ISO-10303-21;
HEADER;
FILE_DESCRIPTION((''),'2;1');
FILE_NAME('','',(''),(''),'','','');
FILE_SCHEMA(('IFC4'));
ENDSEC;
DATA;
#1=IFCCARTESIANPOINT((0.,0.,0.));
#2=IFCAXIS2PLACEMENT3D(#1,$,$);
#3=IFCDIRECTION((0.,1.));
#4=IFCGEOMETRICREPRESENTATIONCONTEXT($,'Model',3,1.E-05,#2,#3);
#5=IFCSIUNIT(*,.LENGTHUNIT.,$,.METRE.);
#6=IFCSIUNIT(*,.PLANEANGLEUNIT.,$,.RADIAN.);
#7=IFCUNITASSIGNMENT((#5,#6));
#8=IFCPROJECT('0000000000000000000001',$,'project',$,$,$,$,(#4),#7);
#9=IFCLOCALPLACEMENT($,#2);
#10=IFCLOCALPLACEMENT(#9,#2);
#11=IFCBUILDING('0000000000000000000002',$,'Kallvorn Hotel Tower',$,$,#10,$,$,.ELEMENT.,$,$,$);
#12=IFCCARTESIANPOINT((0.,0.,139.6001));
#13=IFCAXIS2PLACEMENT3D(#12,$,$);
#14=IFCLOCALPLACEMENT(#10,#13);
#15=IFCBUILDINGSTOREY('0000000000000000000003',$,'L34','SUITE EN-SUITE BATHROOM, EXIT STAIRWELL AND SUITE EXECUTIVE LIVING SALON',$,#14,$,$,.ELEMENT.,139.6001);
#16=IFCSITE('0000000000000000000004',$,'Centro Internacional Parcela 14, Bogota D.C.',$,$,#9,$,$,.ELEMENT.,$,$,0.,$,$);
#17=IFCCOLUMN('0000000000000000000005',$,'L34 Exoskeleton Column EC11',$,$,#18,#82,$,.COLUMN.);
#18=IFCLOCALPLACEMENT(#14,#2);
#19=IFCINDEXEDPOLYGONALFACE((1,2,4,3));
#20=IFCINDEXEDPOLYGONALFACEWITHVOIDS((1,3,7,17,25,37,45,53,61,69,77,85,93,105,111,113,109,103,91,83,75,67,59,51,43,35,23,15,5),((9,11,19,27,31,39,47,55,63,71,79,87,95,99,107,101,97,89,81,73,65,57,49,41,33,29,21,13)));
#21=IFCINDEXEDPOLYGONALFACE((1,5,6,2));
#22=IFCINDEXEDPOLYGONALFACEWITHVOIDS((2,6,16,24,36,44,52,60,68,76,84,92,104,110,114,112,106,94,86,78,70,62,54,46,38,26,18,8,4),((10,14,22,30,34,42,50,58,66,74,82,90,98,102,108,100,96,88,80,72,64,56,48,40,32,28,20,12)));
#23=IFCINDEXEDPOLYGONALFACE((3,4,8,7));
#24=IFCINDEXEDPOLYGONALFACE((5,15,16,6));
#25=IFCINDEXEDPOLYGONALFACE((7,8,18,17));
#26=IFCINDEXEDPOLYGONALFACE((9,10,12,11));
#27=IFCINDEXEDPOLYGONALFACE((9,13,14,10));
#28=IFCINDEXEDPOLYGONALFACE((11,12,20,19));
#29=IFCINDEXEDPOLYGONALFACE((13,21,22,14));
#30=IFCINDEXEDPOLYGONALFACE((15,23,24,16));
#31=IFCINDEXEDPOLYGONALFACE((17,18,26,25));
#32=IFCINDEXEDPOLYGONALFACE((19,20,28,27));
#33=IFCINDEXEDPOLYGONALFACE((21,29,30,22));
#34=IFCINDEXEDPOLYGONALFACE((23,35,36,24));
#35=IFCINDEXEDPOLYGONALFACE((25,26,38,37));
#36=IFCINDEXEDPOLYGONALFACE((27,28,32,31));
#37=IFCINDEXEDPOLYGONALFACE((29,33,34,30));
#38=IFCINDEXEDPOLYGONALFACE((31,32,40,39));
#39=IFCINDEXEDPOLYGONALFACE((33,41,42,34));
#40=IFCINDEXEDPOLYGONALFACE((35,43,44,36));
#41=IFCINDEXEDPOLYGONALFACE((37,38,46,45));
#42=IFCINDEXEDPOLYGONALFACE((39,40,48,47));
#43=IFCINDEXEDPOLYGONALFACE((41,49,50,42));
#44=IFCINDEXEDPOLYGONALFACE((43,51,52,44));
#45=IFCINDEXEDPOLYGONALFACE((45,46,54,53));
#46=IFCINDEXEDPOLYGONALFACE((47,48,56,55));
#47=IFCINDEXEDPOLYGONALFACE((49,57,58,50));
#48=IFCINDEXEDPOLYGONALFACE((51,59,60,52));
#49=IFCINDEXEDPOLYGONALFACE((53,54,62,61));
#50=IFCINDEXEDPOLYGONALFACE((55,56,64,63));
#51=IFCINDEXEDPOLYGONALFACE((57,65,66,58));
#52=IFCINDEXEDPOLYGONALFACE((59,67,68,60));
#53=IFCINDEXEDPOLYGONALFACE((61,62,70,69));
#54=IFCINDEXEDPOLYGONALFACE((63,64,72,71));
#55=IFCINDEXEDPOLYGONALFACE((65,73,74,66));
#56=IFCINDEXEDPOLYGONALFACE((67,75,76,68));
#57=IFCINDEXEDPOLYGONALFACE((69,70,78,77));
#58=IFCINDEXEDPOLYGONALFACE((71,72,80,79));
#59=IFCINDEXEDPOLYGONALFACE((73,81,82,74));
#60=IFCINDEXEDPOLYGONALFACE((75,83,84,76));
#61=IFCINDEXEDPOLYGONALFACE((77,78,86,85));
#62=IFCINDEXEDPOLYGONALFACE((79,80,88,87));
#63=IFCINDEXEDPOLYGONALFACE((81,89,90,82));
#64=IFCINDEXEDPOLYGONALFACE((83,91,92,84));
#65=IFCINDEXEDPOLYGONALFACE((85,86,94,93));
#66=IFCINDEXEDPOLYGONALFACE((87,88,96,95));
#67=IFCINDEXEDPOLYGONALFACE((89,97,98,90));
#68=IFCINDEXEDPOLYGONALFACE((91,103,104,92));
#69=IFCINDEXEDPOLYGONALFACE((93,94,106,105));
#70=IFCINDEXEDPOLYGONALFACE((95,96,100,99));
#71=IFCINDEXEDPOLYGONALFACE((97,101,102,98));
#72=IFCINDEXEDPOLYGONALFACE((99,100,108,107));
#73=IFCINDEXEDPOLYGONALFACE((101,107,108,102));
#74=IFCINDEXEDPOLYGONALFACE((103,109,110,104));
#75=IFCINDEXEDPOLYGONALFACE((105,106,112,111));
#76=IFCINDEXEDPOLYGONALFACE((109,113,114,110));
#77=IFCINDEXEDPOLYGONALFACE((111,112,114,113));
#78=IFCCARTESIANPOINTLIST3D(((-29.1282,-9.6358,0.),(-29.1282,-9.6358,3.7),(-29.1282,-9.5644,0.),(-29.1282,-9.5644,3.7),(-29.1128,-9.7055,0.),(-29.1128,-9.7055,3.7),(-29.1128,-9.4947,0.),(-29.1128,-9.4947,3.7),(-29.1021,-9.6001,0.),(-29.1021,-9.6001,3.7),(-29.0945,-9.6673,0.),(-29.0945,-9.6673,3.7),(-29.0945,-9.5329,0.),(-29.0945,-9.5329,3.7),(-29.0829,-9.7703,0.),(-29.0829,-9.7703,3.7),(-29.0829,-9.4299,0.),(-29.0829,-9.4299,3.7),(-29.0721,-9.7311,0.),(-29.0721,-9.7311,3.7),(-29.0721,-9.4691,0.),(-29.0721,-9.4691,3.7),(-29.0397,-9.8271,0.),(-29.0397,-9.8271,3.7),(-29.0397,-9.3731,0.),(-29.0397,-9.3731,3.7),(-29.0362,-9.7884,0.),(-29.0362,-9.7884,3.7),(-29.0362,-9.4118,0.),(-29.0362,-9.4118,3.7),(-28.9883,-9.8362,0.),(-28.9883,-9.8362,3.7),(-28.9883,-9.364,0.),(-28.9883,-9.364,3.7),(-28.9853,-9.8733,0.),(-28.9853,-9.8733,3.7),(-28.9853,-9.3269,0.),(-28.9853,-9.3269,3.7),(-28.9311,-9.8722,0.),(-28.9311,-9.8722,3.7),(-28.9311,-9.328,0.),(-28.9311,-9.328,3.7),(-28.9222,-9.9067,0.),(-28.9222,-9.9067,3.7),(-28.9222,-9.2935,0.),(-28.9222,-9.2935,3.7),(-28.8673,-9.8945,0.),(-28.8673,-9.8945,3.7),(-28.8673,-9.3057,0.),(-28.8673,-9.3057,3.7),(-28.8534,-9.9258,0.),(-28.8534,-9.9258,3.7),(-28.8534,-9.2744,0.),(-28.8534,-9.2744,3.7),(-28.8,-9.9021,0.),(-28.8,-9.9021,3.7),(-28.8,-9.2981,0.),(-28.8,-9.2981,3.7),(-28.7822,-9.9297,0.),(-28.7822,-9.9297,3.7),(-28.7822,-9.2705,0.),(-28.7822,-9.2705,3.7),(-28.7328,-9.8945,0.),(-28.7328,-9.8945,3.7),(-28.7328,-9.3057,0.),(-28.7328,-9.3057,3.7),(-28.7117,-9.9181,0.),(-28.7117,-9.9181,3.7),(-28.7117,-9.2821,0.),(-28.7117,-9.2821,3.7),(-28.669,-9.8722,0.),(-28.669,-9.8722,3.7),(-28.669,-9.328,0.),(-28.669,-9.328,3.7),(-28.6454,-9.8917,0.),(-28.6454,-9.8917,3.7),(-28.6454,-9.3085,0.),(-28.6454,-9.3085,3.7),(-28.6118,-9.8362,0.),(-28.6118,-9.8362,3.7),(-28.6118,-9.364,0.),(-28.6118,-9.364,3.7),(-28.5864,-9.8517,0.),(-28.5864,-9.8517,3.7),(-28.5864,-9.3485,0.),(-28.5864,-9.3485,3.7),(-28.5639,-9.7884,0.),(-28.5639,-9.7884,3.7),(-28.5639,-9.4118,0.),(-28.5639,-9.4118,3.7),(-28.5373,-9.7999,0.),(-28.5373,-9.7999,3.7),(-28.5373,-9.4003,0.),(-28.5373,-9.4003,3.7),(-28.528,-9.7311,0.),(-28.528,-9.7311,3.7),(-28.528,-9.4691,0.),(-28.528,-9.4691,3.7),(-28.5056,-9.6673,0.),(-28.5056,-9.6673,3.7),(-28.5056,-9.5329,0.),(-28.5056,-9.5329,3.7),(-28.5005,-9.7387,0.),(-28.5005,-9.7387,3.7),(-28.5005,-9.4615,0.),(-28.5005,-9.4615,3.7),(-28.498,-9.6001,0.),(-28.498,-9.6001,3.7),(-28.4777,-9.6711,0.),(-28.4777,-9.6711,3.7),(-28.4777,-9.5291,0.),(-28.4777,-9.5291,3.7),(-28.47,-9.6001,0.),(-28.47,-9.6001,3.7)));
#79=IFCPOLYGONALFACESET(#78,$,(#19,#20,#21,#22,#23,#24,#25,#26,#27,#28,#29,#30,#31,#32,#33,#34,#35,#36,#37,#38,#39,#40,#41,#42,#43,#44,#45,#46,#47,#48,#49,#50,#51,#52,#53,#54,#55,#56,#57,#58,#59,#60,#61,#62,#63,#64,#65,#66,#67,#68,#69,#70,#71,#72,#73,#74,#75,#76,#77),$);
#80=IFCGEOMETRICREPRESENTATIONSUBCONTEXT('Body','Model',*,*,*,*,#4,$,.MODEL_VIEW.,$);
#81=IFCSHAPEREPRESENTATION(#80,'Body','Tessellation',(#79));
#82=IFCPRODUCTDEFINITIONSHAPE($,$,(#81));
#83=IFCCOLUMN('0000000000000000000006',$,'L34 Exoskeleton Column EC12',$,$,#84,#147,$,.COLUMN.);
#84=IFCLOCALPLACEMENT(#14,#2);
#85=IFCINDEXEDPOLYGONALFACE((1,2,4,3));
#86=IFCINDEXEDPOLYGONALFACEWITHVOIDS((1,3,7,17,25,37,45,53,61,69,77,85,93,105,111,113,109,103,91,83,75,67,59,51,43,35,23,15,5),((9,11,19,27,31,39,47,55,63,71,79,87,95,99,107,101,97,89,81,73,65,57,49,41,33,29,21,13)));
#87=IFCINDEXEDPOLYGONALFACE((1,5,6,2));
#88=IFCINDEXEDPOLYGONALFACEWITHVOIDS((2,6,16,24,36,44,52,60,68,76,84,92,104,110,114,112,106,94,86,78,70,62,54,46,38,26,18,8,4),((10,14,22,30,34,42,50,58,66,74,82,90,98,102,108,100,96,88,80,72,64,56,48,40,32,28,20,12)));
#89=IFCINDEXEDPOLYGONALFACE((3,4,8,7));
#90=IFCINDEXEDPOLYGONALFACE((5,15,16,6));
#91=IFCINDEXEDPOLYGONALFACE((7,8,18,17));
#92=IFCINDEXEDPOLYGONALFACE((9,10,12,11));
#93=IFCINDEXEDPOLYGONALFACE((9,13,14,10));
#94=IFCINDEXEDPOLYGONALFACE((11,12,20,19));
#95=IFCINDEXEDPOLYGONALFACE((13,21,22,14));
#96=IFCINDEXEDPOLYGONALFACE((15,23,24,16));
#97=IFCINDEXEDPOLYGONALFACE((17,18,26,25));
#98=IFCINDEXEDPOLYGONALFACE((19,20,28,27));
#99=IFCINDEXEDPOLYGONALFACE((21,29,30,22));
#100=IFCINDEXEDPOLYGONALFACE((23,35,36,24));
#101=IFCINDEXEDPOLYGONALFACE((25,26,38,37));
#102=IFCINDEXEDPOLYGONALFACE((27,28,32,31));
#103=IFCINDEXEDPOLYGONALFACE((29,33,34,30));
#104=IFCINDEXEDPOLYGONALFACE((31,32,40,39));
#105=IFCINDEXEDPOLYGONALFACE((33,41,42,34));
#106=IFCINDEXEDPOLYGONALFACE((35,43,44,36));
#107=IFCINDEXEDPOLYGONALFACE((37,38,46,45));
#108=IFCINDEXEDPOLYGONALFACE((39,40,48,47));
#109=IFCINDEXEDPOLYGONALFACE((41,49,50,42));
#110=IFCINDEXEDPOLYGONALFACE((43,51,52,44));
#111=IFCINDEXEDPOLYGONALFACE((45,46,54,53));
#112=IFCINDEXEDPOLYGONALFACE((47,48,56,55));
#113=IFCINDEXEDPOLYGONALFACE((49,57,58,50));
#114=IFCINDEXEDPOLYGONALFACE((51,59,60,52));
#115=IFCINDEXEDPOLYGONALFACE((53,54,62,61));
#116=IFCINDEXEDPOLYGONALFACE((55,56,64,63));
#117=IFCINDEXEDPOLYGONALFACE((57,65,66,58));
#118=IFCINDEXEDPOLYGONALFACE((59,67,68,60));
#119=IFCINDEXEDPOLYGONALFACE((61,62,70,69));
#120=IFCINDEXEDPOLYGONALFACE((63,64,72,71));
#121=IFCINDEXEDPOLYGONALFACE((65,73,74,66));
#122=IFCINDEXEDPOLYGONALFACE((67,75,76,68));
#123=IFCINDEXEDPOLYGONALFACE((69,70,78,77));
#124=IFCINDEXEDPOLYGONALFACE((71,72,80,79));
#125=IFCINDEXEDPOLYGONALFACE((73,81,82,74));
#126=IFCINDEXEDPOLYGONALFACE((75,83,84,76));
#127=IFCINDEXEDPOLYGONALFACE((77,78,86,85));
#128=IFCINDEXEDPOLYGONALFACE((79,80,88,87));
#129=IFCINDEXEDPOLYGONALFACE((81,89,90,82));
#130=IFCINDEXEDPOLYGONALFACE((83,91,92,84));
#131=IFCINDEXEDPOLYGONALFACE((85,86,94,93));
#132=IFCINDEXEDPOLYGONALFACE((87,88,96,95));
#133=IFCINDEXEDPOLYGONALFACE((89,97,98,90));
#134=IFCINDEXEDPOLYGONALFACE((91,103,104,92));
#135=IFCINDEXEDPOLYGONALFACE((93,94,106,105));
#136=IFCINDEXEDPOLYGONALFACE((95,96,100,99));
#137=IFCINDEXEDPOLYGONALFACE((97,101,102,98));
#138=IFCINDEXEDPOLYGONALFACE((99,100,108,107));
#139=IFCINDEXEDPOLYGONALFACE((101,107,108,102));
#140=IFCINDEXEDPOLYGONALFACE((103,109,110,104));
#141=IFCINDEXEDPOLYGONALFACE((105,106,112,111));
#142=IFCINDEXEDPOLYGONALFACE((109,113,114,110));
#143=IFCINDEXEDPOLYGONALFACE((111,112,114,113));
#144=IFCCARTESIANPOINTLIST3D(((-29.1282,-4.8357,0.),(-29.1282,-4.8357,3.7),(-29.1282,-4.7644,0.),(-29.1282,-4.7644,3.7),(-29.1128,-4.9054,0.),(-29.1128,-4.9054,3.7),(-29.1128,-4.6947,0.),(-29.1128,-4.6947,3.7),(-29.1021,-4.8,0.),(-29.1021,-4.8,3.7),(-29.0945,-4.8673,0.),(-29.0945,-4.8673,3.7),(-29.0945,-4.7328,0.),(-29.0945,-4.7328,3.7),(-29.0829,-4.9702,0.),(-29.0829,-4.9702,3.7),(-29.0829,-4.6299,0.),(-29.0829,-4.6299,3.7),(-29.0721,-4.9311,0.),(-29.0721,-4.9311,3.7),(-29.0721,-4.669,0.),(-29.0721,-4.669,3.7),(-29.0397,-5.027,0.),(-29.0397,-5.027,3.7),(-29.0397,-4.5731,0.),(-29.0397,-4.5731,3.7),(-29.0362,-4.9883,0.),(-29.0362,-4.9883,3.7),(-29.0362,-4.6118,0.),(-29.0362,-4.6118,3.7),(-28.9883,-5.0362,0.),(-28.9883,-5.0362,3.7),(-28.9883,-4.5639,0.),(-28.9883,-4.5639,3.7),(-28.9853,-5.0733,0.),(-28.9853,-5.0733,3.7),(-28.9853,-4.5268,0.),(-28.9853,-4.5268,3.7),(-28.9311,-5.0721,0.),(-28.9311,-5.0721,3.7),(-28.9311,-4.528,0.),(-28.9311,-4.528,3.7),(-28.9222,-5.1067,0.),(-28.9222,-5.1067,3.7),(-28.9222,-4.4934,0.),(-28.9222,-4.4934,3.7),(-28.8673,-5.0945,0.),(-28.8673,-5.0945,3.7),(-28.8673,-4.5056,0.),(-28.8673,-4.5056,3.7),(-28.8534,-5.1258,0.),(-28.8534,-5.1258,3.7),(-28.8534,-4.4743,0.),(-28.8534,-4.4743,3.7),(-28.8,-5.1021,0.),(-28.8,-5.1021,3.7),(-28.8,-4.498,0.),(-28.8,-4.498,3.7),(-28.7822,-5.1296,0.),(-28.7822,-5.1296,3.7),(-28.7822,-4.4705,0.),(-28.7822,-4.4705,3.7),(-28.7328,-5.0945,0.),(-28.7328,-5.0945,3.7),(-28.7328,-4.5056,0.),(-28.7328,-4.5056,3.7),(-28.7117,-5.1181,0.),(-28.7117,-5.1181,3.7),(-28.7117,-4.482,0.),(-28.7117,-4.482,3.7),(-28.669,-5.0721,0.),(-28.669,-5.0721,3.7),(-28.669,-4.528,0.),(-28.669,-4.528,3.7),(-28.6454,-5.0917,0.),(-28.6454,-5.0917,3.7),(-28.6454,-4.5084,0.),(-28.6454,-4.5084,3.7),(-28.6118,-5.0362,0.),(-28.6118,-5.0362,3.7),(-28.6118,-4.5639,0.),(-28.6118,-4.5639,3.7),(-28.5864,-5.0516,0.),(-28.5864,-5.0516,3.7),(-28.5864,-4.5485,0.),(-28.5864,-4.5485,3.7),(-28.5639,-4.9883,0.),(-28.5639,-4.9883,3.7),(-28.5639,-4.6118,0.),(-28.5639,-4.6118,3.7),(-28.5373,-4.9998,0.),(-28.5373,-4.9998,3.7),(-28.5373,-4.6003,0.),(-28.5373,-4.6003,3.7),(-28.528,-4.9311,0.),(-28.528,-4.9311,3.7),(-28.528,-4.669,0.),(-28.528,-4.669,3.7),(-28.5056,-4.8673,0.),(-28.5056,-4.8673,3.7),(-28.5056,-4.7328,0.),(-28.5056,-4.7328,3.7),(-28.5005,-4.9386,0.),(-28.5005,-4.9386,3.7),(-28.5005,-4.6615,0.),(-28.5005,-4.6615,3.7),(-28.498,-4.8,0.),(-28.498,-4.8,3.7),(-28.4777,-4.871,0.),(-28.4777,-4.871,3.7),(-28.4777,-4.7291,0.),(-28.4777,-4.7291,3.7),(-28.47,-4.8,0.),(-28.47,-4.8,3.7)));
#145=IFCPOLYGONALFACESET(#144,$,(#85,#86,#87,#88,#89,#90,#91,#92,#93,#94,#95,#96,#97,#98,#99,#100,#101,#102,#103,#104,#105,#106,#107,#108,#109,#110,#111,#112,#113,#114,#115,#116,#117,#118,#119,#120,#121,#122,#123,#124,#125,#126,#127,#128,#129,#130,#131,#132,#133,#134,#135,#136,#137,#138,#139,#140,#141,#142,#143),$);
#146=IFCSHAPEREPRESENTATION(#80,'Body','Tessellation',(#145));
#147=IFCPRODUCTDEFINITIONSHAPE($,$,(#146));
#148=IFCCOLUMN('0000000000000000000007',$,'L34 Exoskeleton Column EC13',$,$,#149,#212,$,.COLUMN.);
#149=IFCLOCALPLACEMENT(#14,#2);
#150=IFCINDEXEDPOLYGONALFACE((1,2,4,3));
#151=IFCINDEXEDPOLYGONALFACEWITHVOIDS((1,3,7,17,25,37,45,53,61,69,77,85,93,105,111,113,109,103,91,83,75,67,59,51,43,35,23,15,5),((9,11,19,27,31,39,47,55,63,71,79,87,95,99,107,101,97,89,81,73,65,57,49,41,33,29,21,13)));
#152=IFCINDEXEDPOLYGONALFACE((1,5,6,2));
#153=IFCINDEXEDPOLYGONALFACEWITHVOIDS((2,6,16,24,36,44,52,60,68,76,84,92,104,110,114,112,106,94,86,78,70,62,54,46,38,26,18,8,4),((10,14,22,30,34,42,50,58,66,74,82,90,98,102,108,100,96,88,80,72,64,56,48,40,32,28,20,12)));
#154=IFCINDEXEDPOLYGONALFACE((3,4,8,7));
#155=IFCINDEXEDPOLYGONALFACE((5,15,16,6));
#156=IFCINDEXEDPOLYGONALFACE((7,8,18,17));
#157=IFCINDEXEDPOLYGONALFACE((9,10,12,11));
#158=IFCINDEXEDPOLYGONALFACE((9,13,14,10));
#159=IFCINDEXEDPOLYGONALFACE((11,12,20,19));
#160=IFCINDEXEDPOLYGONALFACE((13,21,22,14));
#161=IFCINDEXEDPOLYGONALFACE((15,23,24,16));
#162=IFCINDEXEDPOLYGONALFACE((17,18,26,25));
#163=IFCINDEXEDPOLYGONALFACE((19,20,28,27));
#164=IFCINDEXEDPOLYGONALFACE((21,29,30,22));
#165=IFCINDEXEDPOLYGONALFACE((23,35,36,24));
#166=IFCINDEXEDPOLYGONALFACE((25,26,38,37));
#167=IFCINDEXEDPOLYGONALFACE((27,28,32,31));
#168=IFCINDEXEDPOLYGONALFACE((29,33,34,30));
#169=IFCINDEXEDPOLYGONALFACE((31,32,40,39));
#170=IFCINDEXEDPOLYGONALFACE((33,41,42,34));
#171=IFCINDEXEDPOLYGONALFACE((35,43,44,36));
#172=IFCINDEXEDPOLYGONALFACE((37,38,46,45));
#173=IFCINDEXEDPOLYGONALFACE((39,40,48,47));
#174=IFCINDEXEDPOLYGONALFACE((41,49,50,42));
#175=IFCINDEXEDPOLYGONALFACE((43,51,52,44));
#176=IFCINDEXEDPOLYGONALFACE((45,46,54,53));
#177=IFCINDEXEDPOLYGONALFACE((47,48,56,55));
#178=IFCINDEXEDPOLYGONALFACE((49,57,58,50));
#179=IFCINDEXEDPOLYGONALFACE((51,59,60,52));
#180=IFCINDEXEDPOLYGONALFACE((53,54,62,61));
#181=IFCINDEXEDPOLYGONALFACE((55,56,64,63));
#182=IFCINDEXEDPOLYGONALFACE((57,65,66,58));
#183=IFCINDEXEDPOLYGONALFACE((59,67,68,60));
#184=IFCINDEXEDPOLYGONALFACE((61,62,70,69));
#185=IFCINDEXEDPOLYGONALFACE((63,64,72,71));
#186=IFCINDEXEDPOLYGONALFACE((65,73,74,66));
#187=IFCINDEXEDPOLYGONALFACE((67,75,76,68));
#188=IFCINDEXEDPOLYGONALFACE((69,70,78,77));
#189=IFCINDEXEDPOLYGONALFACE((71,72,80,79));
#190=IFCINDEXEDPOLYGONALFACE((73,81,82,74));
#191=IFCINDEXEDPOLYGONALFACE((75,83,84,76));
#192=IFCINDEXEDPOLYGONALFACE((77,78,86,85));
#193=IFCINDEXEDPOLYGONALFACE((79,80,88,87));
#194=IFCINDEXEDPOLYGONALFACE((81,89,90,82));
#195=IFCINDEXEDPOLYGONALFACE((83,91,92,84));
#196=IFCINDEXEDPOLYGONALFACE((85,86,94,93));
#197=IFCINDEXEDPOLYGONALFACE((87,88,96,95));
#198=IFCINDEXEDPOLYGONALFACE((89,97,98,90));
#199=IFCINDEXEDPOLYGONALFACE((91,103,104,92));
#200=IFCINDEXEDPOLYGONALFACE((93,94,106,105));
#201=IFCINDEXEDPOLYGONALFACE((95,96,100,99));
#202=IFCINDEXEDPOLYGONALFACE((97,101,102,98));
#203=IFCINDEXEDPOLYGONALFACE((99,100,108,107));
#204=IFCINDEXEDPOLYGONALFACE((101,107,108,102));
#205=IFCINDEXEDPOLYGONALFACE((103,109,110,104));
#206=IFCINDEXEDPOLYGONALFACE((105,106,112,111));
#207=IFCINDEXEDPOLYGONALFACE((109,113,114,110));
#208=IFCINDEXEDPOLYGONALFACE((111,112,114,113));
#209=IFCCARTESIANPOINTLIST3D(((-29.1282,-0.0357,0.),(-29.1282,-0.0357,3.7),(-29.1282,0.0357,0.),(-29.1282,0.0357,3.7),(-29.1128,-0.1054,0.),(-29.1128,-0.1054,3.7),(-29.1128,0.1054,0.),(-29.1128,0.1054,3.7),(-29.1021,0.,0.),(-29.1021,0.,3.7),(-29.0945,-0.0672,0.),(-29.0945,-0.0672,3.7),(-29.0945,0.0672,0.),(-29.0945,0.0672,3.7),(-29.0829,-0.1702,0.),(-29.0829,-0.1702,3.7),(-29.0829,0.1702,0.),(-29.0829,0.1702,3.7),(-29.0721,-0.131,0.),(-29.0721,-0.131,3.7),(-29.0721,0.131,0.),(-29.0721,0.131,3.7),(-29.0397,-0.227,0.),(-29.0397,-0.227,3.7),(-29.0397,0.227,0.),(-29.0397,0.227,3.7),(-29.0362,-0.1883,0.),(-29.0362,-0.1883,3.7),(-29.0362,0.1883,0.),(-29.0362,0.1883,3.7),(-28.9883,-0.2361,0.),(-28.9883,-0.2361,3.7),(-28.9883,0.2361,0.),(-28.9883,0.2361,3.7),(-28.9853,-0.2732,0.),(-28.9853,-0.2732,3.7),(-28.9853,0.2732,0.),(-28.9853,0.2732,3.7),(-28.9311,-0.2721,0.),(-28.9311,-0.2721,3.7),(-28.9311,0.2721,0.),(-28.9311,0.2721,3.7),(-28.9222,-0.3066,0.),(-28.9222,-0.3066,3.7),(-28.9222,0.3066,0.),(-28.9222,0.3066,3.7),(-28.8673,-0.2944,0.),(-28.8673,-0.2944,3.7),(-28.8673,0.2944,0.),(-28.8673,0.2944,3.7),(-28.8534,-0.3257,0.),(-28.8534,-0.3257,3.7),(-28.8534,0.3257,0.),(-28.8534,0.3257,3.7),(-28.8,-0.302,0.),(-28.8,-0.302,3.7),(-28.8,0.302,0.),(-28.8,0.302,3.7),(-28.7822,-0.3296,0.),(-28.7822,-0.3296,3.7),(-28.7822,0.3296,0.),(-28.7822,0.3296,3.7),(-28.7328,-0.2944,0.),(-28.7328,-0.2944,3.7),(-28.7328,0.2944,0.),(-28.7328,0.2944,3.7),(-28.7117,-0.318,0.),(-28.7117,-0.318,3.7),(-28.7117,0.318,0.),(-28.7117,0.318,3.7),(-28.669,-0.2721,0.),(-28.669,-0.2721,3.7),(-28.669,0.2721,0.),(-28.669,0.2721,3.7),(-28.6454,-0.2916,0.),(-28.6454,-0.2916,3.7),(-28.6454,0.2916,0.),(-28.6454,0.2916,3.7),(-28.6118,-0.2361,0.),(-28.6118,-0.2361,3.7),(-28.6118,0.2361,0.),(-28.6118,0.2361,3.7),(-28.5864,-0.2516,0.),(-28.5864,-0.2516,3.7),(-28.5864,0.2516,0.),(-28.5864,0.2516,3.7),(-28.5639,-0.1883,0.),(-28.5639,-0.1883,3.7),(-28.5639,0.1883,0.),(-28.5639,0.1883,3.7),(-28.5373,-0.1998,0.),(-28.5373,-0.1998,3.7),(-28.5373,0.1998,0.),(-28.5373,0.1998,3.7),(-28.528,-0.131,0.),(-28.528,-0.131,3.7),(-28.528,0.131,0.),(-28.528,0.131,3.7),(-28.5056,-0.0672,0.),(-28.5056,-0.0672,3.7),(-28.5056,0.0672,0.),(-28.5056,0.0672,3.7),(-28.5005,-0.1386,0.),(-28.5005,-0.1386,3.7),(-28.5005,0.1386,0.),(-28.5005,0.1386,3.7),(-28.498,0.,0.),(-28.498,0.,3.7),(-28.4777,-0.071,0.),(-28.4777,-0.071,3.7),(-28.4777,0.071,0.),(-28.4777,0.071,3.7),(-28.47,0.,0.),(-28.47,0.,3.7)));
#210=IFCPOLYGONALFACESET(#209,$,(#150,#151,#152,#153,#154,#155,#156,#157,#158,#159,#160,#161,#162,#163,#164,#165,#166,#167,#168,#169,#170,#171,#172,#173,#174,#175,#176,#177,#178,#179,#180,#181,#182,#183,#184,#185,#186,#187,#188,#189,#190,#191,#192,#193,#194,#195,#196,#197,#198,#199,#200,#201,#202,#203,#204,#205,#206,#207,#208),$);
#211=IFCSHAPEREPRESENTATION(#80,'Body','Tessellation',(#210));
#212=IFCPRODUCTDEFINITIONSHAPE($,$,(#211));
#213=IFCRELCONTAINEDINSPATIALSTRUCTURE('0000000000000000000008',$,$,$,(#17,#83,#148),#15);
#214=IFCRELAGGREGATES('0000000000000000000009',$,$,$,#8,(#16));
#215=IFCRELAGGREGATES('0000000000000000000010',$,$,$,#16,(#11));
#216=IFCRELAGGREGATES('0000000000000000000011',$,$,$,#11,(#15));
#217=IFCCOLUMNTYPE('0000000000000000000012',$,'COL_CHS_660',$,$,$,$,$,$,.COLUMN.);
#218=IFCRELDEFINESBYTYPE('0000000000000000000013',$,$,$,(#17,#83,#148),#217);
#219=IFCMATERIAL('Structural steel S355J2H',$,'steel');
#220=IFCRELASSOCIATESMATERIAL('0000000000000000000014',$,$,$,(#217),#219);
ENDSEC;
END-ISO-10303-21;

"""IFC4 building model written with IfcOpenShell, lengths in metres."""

from ifc_helpers import new_model, si_unit, direction, frame, origin, origin_2d, place, context, subcontext, project, spatial, hollow_circle, extrude, material, material_profile, profile_set, type_object, element, save


model = new_model("IFC4")

# Units and contexts
model_context = context("Model", 3, precision=1e-05, world=origin(), true_north=direction((0.0, 1.0)))
body_context = subcontext(model_context, "Body", "Model", "MODEL_VIEW")
ifc_project = project(units=[si_unit("LENGTHUNIT", "METRE"), si_unit("PLANEANGLEUNIT", "RADIAN")], contexts=[model_context])

# Site, building, storey
site_placement = place(None, origin())
site = spatial("IfcSite", under=ifc_project, at=site_placement, Name="Centro Internacional Parcela 14, Bogota D.C.", CompositionType="ELEMENT", RefElevation=0.0)
building_placement = place(site_placement, origin())
building = spatial("IfcBuilding", under=site, at=building_placement, Name="Kallvorn Hotel Tower", CompositionType="ELEMENT")
storey_placement = place(building_placement, frame((0.0, 0.0, 139.6001)))
storey = spatial("IfcBuildingStorey", under=building, at=storey_placement, Name="L34", Description="SUITE EN-SUITE BATHROOM, EXIT STAIRWELL AND SUITE EXECUTIVE LIVING SALON", CompositionType="ELEMENT", Elevation=139.6001)

# Columns
ifc_material_1 = material(Name="Structural steel S355J2H", Category="steel")
ifc_material_profile_1 = material_profile(ifc_material_1, hollow_circle(Radius=0.3301, WallThickness=0.0281, at=origin_2d()), Name="CHS 660x28")
ifc_profile_set_1 = profile_set([ifc_material_profile_1], Name="Structural steel S355J2H")
column_type_1 = type_object("IfcColumnType", Name="COL_CHS_660", PredefinedType="COLUMN", material=ifc_profile_set_1)
for number, where, z_axis, x_axis, name in (
    (1, (-28.8, -9.6001, 0.0), (0.0, 0.0, 1.0), (1.0, 0.0, 0.0), "L34 Exoskeleton Column EC11"),
    (2, (-28.8, -4.8, 0.0), (0.0, 0.0, 1.0), (1.0, 0.0, 0.0), "L34 Exoskeleton Column EC12"),
    (3, (-28.8, 0.0, 0.0), (0.0, 0.0, 1.0), (1.0, 0.0, 0.0), "L34 Exoskeleton Column EC13"),
):
    element("IfcColumn", number, at=place(storey_placement, frame(where, z_axis=z_axis, x_axis=x_axis)), inside=storey, type_object=column_type_1, Name=name, PredefinedType="COLUMN", context=body_context, shape_type="SweptSolid", body=[
        extrude(hollow_circle(Radius=0.3301, WallThickness=0.0281, at=origin_2d()), origin(), (0.0, 0.0, 1.0), 3.7),
    ])

save(model, "model.ifc")
